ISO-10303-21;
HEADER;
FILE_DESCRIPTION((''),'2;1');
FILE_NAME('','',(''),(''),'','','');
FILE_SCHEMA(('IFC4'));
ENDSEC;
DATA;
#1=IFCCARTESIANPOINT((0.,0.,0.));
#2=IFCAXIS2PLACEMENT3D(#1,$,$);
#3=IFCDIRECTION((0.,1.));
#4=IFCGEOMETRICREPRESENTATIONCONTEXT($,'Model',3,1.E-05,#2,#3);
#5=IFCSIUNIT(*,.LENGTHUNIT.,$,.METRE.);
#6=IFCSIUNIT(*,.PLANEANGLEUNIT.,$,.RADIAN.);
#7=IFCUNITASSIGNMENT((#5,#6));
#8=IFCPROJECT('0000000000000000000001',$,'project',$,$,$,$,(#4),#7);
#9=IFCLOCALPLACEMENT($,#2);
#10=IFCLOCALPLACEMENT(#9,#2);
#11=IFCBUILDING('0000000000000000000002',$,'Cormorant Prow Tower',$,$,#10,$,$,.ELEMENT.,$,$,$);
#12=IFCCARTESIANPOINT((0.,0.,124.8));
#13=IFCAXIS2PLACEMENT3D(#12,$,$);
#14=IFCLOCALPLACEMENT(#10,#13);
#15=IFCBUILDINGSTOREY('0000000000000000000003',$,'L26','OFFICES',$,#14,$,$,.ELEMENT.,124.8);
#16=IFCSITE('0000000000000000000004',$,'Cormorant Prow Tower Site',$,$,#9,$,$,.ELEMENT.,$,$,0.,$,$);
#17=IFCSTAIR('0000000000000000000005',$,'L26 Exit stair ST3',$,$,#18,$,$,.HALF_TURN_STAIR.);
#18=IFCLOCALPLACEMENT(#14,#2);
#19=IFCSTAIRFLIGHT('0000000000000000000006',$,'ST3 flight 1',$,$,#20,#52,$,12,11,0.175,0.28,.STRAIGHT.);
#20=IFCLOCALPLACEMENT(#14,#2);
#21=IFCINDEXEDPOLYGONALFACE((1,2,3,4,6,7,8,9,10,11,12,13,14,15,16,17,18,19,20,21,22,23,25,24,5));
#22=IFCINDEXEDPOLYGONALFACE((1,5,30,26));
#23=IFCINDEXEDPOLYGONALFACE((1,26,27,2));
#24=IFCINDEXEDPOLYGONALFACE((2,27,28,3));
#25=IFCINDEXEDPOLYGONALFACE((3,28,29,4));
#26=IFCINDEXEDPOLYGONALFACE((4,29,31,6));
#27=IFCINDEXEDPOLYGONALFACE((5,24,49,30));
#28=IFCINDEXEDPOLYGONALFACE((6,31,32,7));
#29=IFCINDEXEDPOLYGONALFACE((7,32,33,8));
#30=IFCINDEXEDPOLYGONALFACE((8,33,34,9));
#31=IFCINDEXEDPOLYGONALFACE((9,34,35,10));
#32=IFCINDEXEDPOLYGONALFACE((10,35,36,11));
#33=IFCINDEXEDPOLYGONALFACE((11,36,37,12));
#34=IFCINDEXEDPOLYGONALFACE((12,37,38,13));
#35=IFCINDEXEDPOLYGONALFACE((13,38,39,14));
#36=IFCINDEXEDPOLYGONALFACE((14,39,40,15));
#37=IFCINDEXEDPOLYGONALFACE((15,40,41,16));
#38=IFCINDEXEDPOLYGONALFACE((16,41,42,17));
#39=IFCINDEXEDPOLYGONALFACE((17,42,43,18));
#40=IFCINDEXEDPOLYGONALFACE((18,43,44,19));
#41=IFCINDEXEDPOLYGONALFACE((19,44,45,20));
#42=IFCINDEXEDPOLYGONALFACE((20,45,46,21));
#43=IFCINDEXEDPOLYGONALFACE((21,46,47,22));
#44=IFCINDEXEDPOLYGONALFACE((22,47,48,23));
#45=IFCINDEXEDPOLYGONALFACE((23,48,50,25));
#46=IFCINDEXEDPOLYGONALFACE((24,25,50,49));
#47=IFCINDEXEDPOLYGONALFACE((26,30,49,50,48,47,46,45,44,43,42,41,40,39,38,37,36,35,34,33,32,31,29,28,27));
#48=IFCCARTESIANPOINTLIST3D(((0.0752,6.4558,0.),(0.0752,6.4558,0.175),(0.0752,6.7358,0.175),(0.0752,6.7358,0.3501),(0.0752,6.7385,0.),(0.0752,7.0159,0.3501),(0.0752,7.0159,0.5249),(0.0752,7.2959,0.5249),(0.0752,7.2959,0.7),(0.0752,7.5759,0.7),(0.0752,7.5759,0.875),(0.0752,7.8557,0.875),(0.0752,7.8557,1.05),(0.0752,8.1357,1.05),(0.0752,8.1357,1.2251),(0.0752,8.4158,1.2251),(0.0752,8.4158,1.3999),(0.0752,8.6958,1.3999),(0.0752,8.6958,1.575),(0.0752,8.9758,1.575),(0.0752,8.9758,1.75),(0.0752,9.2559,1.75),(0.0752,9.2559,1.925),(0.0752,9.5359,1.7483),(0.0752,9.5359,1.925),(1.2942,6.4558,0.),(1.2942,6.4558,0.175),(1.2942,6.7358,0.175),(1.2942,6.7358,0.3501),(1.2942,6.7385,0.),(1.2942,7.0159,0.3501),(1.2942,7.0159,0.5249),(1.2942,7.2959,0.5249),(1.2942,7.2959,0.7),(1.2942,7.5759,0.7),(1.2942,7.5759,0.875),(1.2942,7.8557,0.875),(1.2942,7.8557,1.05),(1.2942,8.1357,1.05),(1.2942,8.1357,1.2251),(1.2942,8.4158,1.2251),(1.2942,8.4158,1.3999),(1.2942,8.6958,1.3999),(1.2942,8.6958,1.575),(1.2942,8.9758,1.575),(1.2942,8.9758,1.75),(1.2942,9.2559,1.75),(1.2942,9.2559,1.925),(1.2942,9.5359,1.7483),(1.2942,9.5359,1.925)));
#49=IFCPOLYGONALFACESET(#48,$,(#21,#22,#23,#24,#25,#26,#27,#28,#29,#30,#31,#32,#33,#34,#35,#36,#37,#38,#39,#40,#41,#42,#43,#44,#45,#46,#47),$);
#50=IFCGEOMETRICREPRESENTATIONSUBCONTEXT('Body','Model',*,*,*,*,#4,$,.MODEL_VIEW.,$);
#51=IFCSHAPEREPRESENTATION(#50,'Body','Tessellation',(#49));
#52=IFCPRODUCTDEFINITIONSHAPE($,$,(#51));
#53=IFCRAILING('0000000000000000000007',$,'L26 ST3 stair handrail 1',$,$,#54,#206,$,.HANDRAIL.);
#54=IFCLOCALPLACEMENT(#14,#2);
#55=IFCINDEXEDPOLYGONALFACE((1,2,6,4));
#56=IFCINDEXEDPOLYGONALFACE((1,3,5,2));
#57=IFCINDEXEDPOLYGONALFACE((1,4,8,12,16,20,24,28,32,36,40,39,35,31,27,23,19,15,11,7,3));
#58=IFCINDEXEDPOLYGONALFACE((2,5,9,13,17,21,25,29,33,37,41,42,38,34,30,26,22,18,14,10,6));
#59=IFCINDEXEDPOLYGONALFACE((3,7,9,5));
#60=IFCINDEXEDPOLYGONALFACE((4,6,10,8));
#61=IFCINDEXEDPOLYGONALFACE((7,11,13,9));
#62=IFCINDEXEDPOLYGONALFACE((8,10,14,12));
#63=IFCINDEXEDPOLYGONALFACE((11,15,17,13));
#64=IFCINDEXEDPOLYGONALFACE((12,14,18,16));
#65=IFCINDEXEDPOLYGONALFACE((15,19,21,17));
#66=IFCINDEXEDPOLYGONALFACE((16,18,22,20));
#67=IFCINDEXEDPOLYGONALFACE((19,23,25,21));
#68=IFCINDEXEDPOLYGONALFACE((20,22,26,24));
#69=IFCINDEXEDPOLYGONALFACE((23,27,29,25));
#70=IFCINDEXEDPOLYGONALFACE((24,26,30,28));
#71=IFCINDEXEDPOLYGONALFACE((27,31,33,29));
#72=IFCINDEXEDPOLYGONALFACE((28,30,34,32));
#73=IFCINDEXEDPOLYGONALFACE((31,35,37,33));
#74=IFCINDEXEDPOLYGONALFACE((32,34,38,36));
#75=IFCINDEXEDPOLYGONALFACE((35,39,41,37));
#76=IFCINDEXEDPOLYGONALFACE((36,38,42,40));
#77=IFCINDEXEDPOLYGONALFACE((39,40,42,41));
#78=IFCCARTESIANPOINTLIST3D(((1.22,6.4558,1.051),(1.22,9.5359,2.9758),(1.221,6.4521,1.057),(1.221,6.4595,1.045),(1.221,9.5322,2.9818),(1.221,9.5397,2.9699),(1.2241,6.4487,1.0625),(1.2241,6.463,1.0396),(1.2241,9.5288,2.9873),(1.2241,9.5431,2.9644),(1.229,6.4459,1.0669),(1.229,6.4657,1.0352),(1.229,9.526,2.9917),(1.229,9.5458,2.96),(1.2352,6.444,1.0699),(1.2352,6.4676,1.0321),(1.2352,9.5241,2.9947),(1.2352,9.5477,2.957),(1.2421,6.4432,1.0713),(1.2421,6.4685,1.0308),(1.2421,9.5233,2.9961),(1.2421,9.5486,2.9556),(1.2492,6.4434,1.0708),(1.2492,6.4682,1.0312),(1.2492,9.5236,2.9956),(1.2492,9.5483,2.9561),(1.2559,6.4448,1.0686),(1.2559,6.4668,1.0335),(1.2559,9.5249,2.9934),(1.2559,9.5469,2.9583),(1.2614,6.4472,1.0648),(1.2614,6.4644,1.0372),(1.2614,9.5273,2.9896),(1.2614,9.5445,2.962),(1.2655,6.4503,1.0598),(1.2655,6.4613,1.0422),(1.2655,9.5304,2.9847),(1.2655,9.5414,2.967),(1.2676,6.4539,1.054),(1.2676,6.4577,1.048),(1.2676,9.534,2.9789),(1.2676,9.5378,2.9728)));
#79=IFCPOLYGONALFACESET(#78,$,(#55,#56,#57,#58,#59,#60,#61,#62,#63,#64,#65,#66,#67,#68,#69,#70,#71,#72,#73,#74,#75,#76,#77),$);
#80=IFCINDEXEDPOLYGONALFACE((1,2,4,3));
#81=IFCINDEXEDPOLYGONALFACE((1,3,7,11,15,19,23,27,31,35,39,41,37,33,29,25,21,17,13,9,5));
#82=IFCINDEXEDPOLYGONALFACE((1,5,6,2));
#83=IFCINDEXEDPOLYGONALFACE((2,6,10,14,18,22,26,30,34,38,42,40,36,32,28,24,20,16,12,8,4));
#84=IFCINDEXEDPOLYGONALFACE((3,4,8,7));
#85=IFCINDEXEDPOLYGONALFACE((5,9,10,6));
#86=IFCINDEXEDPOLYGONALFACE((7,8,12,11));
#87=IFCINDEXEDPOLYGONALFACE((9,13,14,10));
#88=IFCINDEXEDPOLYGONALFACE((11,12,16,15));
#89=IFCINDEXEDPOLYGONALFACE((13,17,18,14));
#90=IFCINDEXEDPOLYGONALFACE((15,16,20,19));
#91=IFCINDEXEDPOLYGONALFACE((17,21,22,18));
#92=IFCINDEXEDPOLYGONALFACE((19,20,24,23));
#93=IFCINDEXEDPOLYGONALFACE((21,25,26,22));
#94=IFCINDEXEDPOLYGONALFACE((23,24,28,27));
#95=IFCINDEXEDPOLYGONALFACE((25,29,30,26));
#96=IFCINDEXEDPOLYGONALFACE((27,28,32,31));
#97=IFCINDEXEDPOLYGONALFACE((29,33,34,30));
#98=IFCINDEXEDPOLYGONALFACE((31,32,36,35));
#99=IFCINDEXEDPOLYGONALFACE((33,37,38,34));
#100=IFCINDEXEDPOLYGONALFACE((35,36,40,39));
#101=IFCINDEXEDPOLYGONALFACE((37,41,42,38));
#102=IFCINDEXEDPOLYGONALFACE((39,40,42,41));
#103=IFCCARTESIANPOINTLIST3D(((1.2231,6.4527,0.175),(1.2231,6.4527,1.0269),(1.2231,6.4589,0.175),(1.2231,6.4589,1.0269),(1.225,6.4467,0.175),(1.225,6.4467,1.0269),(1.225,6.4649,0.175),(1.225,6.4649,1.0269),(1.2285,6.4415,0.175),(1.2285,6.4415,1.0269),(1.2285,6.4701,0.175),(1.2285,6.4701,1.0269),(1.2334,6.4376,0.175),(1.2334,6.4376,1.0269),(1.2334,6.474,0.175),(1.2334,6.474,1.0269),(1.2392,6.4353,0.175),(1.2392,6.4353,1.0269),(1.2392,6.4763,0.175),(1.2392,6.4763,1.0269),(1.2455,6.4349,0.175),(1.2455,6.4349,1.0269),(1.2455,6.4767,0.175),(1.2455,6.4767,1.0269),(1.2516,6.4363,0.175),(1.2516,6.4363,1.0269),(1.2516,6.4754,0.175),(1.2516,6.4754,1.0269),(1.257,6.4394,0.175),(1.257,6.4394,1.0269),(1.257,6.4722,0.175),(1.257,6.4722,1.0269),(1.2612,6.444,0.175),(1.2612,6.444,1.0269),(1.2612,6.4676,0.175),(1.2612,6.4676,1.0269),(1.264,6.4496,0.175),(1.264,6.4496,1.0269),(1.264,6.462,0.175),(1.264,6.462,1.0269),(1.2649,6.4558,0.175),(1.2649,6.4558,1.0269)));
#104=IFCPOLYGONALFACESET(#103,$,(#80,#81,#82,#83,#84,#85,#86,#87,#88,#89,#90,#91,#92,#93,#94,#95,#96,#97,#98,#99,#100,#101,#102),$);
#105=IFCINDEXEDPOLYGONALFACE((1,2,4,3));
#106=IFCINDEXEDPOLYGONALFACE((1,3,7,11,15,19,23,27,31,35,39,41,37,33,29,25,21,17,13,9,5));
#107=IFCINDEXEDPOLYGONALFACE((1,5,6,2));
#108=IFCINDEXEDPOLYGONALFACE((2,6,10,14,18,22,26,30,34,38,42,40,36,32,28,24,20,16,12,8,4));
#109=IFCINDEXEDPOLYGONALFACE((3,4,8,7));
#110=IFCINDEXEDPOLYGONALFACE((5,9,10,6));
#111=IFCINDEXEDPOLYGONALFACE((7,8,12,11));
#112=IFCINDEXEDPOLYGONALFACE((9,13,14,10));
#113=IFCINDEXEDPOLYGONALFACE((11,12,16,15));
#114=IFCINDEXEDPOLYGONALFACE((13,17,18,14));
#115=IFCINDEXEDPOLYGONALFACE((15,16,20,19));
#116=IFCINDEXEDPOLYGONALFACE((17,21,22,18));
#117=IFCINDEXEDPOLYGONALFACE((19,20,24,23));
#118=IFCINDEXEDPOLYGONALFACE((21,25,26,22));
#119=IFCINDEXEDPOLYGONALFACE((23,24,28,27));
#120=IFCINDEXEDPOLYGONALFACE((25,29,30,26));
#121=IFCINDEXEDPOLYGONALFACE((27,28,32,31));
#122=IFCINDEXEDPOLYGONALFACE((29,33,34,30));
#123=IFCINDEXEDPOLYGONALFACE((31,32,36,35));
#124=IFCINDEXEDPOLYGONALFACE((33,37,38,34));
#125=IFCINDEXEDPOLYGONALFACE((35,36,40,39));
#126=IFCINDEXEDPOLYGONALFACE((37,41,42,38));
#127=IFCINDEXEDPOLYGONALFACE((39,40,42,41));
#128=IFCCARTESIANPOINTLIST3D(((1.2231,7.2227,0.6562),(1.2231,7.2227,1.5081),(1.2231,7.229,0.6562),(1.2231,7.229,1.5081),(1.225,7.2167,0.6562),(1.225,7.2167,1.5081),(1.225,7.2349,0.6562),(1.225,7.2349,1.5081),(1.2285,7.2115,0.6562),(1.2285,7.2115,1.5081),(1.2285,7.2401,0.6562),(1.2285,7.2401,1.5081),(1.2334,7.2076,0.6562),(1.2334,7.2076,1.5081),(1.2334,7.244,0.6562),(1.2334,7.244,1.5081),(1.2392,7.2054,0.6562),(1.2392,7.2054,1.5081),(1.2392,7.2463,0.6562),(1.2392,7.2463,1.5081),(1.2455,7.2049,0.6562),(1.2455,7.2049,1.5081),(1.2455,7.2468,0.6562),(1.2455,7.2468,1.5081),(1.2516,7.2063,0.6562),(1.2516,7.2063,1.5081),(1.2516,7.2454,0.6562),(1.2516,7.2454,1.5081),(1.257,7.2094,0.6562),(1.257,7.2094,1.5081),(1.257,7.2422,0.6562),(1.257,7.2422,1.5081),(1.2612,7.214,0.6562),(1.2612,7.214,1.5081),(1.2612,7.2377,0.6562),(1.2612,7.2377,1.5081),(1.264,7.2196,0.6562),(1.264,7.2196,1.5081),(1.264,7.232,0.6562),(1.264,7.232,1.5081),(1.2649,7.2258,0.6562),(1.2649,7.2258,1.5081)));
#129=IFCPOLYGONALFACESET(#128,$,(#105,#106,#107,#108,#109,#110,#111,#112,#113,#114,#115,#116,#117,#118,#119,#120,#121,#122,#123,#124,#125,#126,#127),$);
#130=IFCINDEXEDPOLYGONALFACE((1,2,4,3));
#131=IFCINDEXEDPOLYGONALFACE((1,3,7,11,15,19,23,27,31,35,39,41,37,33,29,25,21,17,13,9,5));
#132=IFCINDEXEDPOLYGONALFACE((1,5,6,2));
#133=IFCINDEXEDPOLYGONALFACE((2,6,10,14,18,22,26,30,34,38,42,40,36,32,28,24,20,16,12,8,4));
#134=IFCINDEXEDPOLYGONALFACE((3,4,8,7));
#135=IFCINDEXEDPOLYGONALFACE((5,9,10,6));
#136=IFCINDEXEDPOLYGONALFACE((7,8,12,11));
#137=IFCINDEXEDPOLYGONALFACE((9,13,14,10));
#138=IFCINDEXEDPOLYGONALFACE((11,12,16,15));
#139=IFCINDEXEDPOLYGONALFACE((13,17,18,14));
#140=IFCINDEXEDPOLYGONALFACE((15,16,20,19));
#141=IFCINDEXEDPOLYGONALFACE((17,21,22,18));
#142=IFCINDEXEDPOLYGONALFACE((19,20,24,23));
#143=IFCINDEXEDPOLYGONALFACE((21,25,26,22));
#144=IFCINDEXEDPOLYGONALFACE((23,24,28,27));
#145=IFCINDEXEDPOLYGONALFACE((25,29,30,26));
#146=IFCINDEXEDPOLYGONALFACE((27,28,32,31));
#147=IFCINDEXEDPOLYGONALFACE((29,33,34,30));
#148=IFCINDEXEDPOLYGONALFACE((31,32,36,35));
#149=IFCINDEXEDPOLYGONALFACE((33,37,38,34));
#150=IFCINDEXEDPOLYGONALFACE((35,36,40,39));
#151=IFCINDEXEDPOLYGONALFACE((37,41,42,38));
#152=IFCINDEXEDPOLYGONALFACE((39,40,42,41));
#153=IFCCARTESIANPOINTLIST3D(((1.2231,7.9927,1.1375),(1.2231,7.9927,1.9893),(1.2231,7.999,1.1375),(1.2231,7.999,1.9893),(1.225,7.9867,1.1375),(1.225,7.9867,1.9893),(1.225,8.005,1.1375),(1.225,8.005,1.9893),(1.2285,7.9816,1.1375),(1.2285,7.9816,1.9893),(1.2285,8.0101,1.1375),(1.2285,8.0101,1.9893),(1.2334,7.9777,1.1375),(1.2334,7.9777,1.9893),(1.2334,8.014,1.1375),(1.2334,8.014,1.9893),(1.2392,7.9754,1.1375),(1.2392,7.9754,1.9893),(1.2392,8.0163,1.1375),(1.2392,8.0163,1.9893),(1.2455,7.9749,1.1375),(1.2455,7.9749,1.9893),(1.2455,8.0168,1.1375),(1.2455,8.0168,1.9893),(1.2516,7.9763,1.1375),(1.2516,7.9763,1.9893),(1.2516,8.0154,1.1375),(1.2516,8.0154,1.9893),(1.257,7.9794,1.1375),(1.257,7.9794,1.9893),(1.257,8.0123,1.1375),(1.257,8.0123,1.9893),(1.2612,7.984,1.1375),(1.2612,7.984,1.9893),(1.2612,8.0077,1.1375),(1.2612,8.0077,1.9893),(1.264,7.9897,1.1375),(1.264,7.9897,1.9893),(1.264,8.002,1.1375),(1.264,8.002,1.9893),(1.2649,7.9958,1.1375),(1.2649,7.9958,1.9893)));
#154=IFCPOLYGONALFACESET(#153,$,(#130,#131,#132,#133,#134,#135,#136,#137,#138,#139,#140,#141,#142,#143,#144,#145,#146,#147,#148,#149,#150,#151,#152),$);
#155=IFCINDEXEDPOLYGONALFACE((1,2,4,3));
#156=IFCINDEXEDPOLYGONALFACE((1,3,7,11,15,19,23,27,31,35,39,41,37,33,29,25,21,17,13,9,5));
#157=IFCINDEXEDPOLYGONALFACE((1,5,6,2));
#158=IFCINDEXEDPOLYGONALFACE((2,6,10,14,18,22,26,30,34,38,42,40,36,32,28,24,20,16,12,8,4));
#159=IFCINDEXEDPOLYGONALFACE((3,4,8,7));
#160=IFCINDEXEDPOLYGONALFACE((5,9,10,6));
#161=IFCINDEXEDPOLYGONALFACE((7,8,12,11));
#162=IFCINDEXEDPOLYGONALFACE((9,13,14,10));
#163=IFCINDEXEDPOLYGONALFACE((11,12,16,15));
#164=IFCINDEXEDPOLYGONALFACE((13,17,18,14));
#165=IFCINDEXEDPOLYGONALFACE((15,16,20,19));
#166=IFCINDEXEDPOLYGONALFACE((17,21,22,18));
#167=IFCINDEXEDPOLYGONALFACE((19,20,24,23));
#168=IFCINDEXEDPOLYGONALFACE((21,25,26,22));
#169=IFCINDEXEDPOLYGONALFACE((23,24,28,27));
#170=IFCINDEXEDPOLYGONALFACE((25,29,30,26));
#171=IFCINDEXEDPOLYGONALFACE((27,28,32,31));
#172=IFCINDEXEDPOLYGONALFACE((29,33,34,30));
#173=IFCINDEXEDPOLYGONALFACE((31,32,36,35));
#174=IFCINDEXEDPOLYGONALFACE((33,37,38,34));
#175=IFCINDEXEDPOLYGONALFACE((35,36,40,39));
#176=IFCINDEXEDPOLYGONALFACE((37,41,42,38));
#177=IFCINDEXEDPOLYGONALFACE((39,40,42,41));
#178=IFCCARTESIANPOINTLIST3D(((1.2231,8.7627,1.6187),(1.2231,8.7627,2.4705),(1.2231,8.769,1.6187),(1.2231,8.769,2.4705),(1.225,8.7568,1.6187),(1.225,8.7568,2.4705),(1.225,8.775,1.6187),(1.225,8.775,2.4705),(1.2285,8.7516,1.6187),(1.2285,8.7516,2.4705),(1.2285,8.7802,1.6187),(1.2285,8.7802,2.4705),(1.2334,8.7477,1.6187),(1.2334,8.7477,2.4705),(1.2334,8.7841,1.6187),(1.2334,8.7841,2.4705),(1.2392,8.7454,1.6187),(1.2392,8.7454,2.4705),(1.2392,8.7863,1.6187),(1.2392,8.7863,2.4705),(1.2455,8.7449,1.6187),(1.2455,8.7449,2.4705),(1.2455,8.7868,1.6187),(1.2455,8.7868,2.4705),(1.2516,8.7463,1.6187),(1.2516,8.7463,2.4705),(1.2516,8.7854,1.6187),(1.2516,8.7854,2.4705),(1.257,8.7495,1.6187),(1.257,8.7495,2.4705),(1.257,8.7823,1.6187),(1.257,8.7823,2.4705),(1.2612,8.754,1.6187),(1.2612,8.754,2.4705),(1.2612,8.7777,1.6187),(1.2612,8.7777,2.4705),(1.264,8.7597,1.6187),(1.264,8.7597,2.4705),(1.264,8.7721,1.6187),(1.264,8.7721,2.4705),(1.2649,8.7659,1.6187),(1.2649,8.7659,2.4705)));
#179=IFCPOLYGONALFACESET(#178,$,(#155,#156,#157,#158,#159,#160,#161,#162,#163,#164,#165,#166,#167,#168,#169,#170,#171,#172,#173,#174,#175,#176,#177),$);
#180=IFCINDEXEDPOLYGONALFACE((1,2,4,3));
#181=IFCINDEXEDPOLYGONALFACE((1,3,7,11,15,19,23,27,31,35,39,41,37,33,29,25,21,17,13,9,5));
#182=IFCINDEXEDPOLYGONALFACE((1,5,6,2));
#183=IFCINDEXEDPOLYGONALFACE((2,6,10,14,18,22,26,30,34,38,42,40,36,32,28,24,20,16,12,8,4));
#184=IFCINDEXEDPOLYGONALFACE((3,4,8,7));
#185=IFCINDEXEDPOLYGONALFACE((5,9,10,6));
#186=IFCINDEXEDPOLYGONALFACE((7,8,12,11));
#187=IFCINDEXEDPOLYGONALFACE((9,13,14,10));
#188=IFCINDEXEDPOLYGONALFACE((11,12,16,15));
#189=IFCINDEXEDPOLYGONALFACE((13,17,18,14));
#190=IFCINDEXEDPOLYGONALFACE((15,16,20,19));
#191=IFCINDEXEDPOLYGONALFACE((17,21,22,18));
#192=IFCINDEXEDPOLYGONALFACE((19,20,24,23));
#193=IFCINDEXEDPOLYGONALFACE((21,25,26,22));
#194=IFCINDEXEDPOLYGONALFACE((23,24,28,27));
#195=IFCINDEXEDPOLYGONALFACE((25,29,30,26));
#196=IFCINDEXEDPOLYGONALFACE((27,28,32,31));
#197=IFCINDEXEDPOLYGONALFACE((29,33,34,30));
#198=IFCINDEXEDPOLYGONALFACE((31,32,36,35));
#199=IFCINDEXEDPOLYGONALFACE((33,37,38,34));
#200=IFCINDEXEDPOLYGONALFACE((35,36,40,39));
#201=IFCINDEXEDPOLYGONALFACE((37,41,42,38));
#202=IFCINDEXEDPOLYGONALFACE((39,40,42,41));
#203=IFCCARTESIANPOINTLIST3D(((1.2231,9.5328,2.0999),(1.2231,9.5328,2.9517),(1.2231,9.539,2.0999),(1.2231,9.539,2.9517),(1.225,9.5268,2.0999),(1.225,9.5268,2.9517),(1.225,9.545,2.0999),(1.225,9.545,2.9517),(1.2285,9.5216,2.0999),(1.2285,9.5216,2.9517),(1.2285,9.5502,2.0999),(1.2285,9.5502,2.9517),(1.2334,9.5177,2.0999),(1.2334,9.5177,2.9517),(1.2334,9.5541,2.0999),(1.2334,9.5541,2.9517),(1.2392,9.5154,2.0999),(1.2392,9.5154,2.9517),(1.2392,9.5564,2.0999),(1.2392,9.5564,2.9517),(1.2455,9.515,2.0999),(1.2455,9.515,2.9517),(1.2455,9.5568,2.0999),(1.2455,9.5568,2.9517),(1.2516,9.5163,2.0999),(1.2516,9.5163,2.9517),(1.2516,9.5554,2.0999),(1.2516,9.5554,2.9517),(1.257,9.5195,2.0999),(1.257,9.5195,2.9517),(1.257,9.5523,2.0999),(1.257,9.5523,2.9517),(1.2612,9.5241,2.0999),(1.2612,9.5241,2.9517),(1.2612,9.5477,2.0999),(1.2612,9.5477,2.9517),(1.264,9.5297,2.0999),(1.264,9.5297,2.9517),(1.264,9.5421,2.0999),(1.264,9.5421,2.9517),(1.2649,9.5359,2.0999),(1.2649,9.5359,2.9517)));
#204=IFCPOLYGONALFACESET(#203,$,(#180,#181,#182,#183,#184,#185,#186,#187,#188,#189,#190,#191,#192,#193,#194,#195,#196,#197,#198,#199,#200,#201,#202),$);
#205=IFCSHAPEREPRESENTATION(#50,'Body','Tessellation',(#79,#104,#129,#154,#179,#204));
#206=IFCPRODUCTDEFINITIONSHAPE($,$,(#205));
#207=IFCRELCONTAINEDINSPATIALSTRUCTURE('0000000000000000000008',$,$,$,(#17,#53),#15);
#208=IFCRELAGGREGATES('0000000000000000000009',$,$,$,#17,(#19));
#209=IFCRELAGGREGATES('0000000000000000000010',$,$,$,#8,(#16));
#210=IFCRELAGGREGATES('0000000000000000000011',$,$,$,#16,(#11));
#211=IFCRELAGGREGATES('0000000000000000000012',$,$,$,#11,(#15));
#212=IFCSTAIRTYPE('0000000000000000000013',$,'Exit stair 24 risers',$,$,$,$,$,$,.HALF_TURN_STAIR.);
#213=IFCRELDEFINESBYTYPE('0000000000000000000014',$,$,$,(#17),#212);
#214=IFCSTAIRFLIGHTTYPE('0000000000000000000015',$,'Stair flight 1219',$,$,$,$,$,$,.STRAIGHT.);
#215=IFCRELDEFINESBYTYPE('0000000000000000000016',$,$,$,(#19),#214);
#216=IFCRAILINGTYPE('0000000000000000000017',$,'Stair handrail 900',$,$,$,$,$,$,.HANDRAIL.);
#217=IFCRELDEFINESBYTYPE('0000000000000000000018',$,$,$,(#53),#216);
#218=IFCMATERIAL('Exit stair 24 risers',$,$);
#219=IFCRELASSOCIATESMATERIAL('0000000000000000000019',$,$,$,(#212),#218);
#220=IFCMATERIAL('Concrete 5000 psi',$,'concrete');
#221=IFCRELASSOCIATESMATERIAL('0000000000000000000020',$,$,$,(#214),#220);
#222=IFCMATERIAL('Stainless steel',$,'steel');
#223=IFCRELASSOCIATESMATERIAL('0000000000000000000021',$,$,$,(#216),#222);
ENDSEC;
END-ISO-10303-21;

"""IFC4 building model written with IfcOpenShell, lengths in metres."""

from ifc_helpers import new_model, si_unit, direction, frame, origin, origin_2d, place, context, subcontext, project, spatial, polyline, circle, outline, extrude, material, type_object, element, aggregate, save


model = new_model("IFC4")

# Units and contexts
model_context = context("Model", 3, precision=1e-05, world=origin(), true_north=direction((0.0, 1.0)))
body_context = subcontext(model_context, "Body", "Model", "MODEL_VIEW")
ifc_project = project(units=[si_unit("LENGTHUNIT", "METRE"), si_unit("PLANEANGLEUNIT", "RADIAN")], contexts=[model_context])

# Site, building, storey
site_placement = place(None, origin())
site = spatial("IfcSite", under=ifc_project, at=site_placement, Name="Cormorant Prow Tower Site", CompositionType="ELEMENT", RefElevation=0.0)
building_placement = place(site_placement, origin())
building = spatial("IfcBuilding", under=site, at=building_placement, Name="Cormorant Prow Tower", CompositionType="ELEMENT")
storey_placement = place(building_placement, frame((0.0, 0.0, 124.8)))
storey = spatial("IfcBuildingStorey", under=building, at=storey_placement, Name="L26", Description="OFFICES", CompositionType="ELEMENT", Elevation=124.8)

# Stair
ifc_material_1 = material(Name="Exit stair 24 risers")
stair_type = type_object("IfcStairType", Name="Exit stair 24 risers", PredefinedType="HALF_TURN_STAIR", material=ifc_material_1)
stair_placement = place(storey_placement, origin())
stair = element("IfcStair", 1, at=stair_placement, inside=storey, type_object=stair_type, Name="L26 Exit stair ST3", PredefinedType="HALF_TURN_STAIR")

# Stair flight
ifc_material_2 = material(Name="Concrete 5000 psi", Category="concrete")
stair_flight_type = type_object("IfcStairFlightType", Name="Stair flight 1219", PredefinedType="STRAIGHT", material=ifc_material_2)
stair_flight_placement = place(storey_placement, frame((0.6846, 6.4558, 0.0), z_axis=(0.0, 0.0, 1.0), x_axis=(0.0, 1.0, 0.0)))
stair_flight = element("IfcStairFlight", 2, at=stair_flight_placement, type_object=stair_flight_type, Name="ST3 flight 1", NumberOfRisers=12, NumberOfTreads=11, PredefinedType="STRAIGHT", RiserHeight=0.175, TreadLength=0.28, context=body_context, shape_type="SweptSolid", body=[
    extrude(outline(polyline([(0.0, 0.0), (0.0, 0.175), (0.28, 0.175), (0.28, 0.3501), (0.5601, 0.3501), (0.5601, 0.5249), (0.8401, 0.5249), (0.8401, 0.7), (1.1201, 0.7), (1.1201, 0.875), (1.3999, 0.875), (1.3999, 1.05), (1.6799, 1.05), (1.6799, 1.2251), (1.96, 1.2251), (1.96, 1.3999), (2.24, 1.3999), (2.24, 1.575), (2.52, 1.575), (2.52, 1.75), (2.8, 1.75), (2.8, 1.925), (3.0801, 1.925), (3.0801, 2.1001), (3.0801, 1.7483), (0.2827, 0.0), (0.0, 0.0)])), frame((0.0, 0.6094, 0.0), z_axis=(0.0, -1.0, 0.0), x_axis=(1.0, 0.0, 0.0)), (0.0, 0.0, 1.0), 1.219),
])
aggregate(stair, [stair_flight])

# Railing
ifc_material_3 = material(Name="Stainless steel", Category="steel")
railing_type_1 = type_object("IfcRailingType", Name="Stair handrail 900", PredefinedType="HANDRAIL", material=ifc_material_3)
railing_1_placement = place(storey_placement, frame((1.2439, 6.4558, 0.175)))
element("IfcRailing", 3, at=railing_1_placement, inside=storey, type_object=railing_type_1, Name="L26 ST3 stair handrail 1", PredefinedType="HANDRAIL", context=body_context, shape_type="SweptSolid", body=[
    extrude(circle(Radius=0.0239, at=origin_2d()), frame((0.0, 0.0, 0.876), z_axis=(0.0, 0.848029, 0.529951), x_axis=(-1.0, 0.0, 0.0)), (0.0, 0.0, 1.0), 3.6321),
    extrude(circle(Radius=0.021, at=origin_2d()), origin(), (0.0, 0.0, 1.0), 0.8518),
    extrude(circle(Radius=0.021, at=origin_2d()), frame((0.0, 0.77, 0.4812)), (0.0, 0.0, 1.0), 0.8518),
    extrude(circle(Radius=0.021, at=origin_2d()), frame((0.0, 1.54, 0.9624)), (0.0, 0.0, 1.0), 0.8518),
    extrude(circle(Radius=0.021, at=origin_2d()), frame((0.0, 2.3101, 1.4436)), (0.0, 0.0, 1.0), 0.8518),
    extrude(circle(Radius=0.021, at=origin_2d()), frame((0.0, 3.0801, 1.9248)), (0.0, 0.0, 1.0), 0.8518),
])

save(model, "model.ifc")
